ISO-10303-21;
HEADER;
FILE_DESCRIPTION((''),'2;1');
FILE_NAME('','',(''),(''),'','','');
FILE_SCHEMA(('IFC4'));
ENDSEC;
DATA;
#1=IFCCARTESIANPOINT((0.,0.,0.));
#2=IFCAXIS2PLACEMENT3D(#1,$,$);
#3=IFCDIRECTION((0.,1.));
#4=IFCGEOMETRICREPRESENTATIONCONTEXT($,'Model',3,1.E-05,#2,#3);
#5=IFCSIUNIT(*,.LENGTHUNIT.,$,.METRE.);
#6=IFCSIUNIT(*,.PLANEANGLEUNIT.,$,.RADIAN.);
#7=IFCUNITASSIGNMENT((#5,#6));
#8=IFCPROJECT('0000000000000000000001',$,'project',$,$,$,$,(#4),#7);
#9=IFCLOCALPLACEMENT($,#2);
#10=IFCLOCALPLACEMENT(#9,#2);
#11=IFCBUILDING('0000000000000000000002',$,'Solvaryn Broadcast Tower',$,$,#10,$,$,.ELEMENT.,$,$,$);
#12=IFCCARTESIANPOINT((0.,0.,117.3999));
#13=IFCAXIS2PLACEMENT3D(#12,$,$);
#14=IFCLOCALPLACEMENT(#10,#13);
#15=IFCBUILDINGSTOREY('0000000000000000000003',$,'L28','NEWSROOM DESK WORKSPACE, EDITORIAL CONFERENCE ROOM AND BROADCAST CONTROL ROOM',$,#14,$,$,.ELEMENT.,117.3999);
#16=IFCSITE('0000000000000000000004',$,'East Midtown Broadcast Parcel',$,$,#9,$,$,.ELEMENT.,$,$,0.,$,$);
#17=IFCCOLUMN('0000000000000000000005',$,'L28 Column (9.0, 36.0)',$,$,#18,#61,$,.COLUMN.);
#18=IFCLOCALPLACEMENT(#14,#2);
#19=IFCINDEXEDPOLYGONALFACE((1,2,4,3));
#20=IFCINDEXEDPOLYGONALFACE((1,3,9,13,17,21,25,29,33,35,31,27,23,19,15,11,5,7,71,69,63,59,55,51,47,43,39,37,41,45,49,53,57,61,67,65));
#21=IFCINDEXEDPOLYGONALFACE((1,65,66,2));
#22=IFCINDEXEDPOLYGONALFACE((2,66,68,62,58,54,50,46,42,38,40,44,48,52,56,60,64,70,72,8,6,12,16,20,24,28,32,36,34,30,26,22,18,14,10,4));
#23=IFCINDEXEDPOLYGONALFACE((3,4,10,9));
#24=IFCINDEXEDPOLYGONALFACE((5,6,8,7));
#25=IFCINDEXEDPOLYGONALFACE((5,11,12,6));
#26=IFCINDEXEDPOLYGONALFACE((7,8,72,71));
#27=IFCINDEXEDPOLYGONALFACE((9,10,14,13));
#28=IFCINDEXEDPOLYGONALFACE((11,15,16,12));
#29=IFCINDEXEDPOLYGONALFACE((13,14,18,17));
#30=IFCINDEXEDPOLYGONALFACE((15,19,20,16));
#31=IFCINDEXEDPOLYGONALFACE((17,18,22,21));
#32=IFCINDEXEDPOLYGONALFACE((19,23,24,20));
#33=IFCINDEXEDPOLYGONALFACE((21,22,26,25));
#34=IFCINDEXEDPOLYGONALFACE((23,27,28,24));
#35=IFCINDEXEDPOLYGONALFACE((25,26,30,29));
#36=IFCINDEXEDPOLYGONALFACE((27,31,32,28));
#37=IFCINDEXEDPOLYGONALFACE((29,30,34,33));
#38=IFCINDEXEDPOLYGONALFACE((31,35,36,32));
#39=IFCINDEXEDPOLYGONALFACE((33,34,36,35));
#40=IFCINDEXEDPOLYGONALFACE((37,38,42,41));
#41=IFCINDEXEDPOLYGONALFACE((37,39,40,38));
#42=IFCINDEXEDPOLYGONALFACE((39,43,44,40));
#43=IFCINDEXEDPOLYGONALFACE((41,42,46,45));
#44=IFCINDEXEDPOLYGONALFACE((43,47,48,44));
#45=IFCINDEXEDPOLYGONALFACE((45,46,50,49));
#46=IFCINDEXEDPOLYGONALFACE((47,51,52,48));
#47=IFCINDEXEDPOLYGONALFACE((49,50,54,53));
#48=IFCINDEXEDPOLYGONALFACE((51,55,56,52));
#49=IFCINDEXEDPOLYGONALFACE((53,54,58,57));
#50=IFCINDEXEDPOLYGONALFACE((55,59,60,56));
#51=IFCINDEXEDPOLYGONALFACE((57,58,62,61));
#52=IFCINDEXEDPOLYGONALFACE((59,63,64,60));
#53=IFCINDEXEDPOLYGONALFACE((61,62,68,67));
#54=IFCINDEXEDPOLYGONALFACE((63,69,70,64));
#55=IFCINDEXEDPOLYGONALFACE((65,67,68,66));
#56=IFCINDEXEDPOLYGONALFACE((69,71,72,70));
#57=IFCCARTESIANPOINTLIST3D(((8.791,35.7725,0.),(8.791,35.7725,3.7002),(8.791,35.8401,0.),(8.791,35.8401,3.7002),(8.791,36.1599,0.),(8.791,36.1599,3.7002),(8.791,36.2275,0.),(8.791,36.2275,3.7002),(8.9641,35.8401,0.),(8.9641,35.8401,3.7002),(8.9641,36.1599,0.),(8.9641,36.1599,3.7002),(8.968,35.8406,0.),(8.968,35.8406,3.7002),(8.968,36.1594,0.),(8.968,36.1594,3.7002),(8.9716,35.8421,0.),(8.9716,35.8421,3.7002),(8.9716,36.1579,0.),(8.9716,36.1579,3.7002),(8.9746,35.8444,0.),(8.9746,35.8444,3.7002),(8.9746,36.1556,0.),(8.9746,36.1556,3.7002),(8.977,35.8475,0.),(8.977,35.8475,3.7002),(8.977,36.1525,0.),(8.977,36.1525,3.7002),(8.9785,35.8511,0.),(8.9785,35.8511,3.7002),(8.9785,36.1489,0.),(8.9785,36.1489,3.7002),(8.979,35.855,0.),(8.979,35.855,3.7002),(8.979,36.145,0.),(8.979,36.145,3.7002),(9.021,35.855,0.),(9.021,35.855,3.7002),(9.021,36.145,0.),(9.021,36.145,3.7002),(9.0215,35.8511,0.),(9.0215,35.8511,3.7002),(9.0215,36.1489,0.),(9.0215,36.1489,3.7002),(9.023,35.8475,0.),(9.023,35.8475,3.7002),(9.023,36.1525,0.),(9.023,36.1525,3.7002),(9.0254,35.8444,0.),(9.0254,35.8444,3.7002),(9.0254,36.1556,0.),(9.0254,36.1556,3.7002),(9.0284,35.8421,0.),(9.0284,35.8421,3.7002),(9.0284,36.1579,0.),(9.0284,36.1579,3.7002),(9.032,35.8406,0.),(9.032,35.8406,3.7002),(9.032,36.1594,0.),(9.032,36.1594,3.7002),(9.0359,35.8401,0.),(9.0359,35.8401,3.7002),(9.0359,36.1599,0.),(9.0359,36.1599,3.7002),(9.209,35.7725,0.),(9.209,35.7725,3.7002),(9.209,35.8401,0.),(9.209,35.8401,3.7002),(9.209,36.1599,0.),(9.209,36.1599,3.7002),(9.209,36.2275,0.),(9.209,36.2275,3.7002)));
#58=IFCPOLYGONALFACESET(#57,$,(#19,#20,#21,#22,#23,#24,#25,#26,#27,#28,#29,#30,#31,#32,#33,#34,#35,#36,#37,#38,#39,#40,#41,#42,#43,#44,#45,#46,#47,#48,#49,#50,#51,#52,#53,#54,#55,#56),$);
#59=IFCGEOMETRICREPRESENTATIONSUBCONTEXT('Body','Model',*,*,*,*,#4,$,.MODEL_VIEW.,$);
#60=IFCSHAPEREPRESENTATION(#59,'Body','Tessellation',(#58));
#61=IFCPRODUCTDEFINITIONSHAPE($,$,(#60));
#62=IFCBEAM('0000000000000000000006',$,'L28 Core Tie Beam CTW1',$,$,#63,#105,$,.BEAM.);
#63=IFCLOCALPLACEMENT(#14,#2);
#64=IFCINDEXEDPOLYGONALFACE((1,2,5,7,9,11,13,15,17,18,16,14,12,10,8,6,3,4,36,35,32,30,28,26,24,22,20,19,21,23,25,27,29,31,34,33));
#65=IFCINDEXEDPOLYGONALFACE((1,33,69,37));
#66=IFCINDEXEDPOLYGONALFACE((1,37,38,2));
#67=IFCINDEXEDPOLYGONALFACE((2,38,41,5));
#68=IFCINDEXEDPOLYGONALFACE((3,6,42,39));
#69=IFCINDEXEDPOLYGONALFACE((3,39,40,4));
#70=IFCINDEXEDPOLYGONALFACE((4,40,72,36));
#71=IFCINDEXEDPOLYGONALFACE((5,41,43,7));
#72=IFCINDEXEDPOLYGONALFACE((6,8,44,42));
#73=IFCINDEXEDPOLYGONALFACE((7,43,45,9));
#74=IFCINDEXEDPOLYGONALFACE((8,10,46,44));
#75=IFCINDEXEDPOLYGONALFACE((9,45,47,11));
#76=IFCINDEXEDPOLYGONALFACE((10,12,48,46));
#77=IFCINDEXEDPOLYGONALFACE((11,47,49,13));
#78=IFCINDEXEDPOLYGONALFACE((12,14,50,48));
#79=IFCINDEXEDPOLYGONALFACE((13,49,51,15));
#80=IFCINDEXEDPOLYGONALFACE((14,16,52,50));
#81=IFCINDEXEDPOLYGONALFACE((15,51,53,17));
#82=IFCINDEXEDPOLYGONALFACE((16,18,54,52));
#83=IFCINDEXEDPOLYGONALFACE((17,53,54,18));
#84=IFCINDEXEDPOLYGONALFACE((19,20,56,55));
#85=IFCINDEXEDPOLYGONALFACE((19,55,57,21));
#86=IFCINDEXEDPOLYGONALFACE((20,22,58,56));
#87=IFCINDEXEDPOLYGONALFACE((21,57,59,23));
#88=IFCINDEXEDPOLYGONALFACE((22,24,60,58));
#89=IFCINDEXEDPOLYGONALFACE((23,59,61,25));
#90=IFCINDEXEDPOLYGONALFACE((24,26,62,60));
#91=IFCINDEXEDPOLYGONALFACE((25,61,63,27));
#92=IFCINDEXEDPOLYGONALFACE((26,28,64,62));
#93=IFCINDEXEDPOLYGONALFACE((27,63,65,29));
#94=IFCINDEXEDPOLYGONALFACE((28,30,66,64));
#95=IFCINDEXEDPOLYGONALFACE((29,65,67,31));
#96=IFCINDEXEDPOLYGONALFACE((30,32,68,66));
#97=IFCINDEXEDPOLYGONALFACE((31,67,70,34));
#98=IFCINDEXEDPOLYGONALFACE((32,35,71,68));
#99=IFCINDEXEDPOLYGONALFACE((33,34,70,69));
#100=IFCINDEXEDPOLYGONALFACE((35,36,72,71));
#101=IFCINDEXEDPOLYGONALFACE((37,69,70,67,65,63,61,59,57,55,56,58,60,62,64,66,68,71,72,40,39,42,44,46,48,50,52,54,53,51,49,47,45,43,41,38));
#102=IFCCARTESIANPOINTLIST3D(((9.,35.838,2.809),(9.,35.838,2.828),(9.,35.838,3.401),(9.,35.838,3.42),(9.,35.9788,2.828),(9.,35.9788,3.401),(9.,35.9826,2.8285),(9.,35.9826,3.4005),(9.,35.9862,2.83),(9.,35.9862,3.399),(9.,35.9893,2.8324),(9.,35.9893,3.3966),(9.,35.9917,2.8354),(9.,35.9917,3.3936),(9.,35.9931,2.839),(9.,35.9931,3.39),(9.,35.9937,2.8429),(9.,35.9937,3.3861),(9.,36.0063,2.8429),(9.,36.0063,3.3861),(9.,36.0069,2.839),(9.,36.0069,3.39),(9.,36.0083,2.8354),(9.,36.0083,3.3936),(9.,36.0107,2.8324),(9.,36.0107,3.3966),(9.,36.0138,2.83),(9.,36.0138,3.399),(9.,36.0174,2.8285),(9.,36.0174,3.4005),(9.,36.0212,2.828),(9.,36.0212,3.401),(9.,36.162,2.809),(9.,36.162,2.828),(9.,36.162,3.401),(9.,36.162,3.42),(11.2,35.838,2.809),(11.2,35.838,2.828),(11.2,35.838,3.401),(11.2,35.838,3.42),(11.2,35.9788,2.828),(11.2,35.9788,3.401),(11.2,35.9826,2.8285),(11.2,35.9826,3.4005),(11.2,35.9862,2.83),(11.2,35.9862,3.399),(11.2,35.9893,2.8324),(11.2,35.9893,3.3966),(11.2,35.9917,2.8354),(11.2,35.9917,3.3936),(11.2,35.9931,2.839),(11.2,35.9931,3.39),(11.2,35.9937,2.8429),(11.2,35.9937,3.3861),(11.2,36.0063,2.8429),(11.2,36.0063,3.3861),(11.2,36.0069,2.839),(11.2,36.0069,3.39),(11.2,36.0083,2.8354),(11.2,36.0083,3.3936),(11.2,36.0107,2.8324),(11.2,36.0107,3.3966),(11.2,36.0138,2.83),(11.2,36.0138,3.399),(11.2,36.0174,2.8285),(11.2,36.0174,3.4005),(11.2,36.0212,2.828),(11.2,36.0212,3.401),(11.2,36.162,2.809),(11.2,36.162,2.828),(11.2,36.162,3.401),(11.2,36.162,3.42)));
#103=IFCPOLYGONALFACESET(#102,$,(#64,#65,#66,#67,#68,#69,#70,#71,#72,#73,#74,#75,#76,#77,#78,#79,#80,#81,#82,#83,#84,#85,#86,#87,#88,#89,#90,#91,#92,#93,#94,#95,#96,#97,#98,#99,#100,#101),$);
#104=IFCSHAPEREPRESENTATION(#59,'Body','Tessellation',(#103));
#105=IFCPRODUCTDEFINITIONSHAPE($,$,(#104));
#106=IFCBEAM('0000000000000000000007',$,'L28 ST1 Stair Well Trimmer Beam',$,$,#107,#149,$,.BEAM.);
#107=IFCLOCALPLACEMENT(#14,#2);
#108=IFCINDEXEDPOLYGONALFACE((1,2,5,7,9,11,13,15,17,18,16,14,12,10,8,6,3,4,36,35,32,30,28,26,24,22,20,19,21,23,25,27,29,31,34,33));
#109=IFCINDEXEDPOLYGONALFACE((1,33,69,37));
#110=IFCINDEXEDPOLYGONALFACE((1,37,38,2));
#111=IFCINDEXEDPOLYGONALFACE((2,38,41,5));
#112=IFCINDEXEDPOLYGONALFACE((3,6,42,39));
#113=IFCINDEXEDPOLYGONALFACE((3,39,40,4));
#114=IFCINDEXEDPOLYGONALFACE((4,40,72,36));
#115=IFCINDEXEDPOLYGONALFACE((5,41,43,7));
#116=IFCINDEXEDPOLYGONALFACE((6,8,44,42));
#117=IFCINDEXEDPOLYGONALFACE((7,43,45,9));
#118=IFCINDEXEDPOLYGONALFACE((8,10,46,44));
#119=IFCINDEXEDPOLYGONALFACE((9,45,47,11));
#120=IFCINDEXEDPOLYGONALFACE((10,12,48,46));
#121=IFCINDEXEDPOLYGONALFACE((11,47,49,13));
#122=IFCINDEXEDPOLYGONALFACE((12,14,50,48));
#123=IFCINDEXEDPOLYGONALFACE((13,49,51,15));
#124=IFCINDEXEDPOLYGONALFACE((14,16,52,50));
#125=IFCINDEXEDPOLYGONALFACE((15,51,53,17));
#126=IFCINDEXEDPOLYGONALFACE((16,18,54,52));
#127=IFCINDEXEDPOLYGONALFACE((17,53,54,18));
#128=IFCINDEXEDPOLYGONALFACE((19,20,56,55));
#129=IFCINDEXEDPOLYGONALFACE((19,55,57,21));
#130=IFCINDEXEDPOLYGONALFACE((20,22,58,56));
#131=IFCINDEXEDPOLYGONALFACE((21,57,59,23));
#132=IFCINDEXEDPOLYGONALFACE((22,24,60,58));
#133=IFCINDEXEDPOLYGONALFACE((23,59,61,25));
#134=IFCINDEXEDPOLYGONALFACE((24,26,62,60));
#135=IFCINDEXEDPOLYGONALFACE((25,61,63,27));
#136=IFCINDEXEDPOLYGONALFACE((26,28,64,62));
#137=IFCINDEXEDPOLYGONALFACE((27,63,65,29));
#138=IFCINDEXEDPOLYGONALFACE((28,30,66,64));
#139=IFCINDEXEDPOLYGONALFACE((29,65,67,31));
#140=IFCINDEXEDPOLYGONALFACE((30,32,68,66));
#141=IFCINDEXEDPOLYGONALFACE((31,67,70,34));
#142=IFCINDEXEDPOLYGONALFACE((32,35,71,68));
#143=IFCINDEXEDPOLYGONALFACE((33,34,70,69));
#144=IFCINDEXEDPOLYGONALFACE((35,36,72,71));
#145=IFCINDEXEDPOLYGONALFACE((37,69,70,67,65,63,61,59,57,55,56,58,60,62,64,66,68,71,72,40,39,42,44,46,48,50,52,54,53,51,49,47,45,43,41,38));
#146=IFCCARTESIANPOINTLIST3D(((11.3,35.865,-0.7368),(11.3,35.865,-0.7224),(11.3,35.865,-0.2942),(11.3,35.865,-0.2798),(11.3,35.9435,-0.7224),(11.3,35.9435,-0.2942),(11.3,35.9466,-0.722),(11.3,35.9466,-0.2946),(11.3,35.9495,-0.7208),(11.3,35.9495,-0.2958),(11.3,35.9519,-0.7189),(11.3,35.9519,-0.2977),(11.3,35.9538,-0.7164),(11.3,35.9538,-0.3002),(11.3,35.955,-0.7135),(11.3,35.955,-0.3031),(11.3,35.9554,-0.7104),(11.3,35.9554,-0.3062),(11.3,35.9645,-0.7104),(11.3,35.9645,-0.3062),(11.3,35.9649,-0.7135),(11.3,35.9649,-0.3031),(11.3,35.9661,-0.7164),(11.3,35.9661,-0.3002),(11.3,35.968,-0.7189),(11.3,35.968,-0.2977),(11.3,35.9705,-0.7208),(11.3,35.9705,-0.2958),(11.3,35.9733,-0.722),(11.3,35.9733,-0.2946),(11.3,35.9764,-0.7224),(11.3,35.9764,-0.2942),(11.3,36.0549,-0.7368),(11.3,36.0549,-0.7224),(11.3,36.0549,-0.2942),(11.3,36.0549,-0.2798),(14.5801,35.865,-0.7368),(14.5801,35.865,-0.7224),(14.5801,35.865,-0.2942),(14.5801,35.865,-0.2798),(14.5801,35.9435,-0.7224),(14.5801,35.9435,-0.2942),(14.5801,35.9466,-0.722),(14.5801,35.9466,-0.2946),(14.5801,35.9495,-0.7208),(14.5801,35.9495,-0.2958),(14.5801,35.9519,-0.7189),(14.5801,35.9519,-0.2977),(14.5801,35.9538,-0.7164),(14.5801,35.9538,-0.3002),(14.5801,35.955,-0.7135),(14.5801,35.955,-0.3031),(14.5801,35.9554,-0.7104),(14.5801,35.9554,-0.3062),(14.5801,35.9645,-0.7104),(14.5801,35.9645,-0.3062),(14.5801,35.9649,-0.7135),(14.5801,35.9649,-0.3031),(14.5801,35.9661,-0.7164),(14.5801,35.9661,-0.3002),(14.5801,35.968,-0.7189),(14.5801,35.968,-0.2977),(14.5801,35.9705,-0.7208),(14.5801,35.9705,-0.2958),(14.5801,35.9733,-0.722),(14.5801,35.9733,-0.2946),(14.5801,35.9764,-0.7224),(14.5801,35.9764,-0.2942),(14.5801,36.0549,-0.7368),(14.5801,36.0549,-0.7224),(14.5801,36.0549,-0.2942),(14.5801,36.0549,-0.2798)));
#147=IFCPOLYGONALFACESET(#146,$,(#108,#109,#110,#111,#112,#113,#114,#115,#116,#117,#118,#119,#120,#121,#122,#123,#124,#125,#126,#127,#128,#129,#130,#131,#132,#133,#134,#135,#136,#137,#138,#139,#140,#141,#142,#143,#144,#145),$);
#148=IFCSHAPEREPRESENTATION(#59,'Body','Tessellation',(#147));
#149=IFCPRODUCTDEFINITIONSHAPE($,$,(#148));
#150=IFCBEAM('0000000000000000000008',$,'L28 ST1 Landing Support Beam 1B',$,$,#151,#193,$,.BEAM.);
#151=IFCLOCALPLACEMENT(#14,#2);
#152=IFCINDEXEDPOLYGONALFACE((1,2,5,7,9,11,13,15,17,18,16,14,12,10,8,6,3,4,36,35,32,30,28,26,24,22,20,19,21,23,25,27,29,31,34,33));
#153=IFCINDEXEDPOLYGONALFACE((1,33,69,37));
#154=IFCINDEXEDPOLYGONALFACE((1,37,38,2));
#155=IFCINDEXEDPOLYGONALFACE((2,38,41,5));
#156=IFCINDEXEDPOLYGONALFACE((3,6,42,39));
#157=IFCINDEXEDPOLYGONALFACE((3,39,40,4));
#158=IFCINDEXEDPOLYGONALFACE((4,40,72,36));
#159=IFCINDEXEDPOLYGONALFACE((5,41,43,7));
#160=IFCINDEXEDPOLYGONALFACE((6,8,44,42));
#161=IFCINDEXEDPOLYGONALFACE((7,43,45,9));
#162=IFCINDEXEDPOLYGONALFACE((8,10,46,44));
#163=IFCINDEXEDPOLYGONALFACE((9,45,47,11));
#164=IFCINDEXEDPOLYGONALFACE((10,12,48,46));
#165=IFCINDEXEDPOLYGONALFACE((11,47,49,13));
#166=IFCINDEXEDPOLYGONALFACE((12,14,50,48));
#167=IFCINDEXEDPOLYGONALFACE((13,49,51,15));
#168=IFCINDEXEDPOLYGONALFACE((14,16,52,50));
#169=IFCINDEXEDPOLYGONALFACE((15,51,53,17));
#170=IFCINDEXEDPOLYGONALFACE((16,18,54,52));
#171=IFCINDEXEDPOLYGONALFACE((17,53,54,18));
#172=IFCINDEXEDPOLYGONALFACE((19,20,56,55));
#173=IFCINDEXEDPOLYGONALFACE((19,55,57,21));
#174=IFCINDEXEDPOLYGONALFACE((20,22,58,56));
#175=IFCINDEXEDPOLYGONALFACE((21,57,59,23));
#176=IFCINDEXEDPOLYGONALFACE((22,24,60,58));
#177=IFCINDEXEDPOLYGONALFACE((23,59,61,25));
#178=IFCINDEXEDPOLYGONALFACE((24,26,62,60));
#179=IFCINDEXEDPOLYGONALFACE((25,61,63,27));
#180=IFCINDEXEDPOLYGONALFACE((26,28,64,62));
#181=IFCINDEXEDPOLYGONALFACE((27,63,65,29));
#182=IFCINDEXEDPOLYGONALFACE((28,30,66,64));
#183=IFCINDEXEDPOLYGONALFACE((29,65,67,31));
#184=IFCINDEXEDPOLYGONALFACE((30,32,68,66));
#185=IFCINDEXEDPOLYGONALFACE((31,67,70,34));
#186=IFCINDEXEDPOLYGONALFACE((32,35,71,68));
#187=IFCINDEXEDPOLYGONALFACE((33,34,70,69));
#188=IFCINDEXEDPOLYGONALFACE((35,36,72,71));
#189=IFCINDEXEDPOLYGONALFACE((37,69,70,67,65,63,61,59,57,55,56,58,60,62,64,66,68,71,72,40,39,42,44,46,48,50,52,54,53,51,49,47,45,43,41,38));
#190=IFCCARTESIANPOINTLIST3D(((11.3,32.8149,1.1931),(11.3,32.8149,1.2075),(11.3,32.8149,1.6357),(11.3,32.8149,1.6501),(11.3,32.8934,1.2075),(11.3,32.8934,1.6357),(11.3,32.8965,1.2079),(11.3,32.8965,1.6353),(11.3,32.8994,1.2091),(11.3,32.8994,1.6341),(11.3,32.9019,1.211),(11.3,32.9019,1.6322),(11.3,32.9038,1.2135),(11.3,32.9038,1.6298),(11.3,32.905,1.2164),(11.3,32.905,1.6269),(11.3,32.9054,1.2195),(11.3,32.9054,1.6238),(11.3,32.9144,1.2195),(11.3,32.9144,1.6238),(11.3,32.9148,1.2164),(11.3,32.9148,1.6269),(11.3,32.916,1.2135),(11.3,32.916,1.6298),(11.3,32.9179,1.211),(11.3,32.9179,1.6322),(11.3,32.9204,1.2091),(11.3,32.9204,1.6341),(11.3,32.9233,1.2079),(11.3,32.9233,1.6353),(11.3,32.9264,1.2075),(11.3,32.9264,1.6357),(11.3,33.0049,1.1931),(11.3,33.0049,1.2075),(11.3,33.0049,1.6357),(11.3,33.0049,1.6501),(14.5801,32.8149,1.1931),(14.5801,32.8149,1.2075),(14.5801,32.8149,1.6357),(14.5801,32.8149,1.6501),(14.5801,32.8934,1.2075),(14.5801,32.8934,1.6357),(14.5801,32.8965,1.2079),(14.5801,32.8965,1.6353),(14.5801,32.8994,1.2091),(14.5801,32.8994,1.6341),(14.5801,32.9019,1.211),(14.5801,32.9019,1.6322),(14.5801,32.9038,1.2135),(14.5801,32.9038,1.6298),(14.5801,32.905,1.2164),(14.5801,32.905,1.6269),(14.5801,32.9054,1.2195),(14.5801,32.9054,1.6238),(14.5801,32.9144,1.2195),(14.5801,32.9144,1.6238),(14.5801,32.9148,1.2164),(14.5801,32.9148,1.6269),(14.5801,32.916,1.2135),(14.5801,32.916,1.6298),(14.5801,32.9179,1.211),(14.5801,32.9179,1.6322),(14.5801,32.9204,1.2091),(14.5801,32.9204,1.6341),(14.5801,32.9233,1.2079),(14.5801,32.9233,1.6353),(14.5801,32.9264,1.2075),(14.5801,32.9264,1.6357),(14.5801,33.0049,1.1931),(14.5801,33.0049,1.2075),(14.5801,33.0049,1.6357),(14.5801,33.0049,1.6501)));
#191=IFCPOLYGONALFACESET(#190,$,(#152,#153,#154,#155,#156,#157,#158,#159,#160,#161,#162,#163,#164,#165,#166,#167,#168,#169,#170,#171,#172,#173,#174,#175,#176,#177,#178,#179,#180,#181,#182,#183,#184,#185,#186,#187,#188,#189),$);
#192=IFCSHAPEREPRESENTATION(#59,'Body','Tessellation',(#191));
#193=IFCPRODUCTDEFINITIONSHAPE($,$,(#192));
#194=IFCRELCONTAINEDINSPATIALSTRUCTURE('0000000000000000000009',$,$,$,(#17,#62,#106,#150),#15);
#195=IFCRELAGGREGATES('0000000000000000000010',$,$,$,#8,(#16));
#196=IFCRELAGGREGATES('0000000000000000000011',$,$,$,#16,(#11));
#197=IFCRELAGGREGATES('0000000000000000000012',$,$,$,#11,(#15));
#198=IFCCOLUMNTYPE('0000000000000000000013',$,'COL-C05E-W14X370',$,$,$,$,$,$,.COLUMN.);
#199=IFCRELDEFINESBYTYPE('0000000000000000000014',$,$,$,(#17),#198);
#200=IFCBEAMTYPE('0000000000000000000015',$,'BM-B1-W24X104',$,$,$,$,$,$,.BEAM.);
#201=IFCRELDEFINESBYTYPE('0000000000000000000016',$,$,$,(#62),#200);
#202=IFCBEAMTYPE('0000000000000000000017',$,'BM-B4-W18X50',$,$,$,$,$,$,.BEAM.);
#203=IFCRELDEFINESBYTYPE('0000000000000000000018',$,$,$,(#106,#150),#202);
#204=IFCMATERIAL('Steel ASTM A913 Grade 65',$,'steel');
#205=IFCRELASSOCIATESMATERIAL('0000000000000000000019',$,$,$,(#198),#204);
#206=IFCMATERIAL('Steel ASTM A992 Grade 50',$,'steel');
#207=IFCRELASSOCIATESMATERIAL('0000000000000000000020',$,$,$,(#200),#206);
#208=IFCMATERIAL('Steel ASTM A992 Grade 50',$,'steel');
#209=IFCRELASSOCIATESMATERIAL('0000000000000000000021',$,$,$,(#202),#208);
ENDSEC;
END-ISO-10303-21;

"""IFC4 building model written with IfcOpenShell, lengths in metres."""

from ifc_helpers import new_model, si_unit, direction, frame, origin, origin_2d, place, context, subcontext, project, spatial, i_section, extrude, material, material_profile, profile_set, type_object, element, save


model = new_model("IFC4")

# Units and contexts
model_context = context("Model", 3, precision=1e-05, world=origin(), true_north=direction((0.0, 1.0)))
body_context = subcontext(model_context, "Body", "Model", "MODEL_VIEW")
ifc_project = project(units=[si_unit("LENGTHUNIT", "METRE"), si_unit("PLANEANGLEUNIT", "RADIAN")], contexts=[model_context])

# Site, building, storey
site_placement = place(None, origin())
site = spatial("IfcSite", under=ifc_project, at=site_placement, Name="East Midtown Broadcast Parcel", CompositionType="ELEMENT", RefElevation=0.0)
building_placement = place(site_placement, origin())
building = spatial("IfcBuilding", under=site, at=building_placement, Name="Solvaryn Broadcast Tower", CompositionType="ELEMENT")
storey_placement = place(building_placement, frame((0.0, 0.0, 117.3999)))
storey = spatial("IfcBuildingStorey", under=building, at=storey_placement, Name="L28", Description="NEWSROOM DESK WORKSPACE, EDITORIAL CONFERENCE ROOM AND BROADCAST CONTROL ROOM", CompositionType="ELEMENT", Elevation=117.3999)

# Column
ifc_material_1 = material(Name="Steel ASTM A913 Grade 65", Category="steel")
ifc_material_profile_1 = material_profile(ifc_material_1, i_section(OverallWidth=0.418, OverallDepth=0.4551, WebThickness=0.042, FlangeThickness=0.0676, FilletRadius=0.0149, at=origin_2d()))
ifc_profile_set_1 = profile_set([ifc_material_profile_1], Name="Steel ASTM A913 Grade 65")
column_type = type_object("IfcColumnType", Name="COL-C05E-W14X370", PredefinedType="COLUMN", material=ifc_profile_set_1)
column_placement = place(storey_placement, frame((9.0, 36.0, 0.0), z_axis=(0.0, 0.0, 1.0), x_axis=(1.0, 0.0, 0.0)))
element("IfcColumn", 1, at=column_placement, inside=storey, type_object=column_type, Name="L28 Column (9.0, 36.0)", PredefinedType="COLUMN", context=body_context, shape_type="SweptSolid", body=[
    extrude(i_section(OverallWidth=0.418, OverallDepth=0.4551, WebThickness=0.042, FlangeThickness=0.0676, FilletRadius=0.0149, at=origin_2d()), origin(), (0.0, 0.0, 1.0), 3.7002),
])

# Beams
ifc_material_2 = material(Name="Steel ASTM A992 Grade 50", Category="steel")
ifc_material_profile_2 = material_profile(ifc_material_2, i_section(OverallWidth=0.324, OverallDepth=0.6111, WebThickness=0.0127, FlangeThickness=0.019, FilletRadius=0.0149, at=origin_2d()))
ifc_profile_set_2 = profile_set([ifc_material_profile_2], Name="Steel ASTM A992 Grade 50")
beam_type_1 = type_object("IfcBeamType", Name="BM-B1-W24X104", PredefinedType="BEAM", material=ifc_profile_set_2)
beam_1_placement = place(storey_placement, frame((9.0, 36.0, 3.1145), z_axis=(1.0, 0.0, 0.0), x_axis=(0.0, 1.0, 0.0)))
element("IfcBeam", 2, at=beam_1_placement, inside=storey, type_object=beam_type_1, Name="L28 Core Tie Beam CTW1", PredefinedType="BEAM", context=body_context, shape_type="SweptSolid", body=[
    extrude(i_section(OverallWidth=0.324, OverallDepth=0.6111, WebThickness=0.0127, FlangeThickness=0.019, FilletRadius=0.0149, at=origin_2d()), origin(), (0.0, 0.0, 1.0), 2.2),
])
ifc_material_3 = material(Name="Steel ASTM A992 Grade 50", Category="steel")
ifc_material_profile_3 = material_profile(ifc_material_3, i_section(OverallWidth=0.1899, OverallDepth=0.457, WebThickness=0.009, FlangeThickness=0.0144, FilletRadius=0.012, at=origin_2d()))
ifc_profile_set_3 = profile_set([ifc_material_profile_3], Name="Steel ASTM A992 Grade 50")
beam_type_2 = type_object("IfcBeamType", Name="BM-B4-W18X50", PredefinedType="BEAM", material=ifc_profile_set_3)
for number, where, z_axis, x_axis, name in (
    (3, (11.3, 35.96, -0.5083), (1.0, 0.0, 0.0), (0.0, 1.0, 0.0), "L28 ST1 Stair Well Trimmer Beam"),
    (4, (11.3, 32.9099, 1.4216), (1.0, 0.0, 0.0), (0.0, 1.0, 0.0), "L28 ST1 Landing Support Beam 1B"),
):
    element("IfcBeam", number, at=place(storey_placement, frame(where, z_axis=z_axis, x_axis=x_axis)), inside=storey, type_object=beam_type_2, Name=name, PredefinedType="BEAM", context=body_context, shape_type="SweptSolid", body=[
        extrude(i_section(OverallWidth=0.1899, OverallDepth=0.457, WebThickness=0.009, FlangeThickness=0.0144, FilletRadius=0.012, at=origin_2d()), origin(), (0.0, 0.0, 1.0), 3.28),
    ])

save(model, "model.ifc")
